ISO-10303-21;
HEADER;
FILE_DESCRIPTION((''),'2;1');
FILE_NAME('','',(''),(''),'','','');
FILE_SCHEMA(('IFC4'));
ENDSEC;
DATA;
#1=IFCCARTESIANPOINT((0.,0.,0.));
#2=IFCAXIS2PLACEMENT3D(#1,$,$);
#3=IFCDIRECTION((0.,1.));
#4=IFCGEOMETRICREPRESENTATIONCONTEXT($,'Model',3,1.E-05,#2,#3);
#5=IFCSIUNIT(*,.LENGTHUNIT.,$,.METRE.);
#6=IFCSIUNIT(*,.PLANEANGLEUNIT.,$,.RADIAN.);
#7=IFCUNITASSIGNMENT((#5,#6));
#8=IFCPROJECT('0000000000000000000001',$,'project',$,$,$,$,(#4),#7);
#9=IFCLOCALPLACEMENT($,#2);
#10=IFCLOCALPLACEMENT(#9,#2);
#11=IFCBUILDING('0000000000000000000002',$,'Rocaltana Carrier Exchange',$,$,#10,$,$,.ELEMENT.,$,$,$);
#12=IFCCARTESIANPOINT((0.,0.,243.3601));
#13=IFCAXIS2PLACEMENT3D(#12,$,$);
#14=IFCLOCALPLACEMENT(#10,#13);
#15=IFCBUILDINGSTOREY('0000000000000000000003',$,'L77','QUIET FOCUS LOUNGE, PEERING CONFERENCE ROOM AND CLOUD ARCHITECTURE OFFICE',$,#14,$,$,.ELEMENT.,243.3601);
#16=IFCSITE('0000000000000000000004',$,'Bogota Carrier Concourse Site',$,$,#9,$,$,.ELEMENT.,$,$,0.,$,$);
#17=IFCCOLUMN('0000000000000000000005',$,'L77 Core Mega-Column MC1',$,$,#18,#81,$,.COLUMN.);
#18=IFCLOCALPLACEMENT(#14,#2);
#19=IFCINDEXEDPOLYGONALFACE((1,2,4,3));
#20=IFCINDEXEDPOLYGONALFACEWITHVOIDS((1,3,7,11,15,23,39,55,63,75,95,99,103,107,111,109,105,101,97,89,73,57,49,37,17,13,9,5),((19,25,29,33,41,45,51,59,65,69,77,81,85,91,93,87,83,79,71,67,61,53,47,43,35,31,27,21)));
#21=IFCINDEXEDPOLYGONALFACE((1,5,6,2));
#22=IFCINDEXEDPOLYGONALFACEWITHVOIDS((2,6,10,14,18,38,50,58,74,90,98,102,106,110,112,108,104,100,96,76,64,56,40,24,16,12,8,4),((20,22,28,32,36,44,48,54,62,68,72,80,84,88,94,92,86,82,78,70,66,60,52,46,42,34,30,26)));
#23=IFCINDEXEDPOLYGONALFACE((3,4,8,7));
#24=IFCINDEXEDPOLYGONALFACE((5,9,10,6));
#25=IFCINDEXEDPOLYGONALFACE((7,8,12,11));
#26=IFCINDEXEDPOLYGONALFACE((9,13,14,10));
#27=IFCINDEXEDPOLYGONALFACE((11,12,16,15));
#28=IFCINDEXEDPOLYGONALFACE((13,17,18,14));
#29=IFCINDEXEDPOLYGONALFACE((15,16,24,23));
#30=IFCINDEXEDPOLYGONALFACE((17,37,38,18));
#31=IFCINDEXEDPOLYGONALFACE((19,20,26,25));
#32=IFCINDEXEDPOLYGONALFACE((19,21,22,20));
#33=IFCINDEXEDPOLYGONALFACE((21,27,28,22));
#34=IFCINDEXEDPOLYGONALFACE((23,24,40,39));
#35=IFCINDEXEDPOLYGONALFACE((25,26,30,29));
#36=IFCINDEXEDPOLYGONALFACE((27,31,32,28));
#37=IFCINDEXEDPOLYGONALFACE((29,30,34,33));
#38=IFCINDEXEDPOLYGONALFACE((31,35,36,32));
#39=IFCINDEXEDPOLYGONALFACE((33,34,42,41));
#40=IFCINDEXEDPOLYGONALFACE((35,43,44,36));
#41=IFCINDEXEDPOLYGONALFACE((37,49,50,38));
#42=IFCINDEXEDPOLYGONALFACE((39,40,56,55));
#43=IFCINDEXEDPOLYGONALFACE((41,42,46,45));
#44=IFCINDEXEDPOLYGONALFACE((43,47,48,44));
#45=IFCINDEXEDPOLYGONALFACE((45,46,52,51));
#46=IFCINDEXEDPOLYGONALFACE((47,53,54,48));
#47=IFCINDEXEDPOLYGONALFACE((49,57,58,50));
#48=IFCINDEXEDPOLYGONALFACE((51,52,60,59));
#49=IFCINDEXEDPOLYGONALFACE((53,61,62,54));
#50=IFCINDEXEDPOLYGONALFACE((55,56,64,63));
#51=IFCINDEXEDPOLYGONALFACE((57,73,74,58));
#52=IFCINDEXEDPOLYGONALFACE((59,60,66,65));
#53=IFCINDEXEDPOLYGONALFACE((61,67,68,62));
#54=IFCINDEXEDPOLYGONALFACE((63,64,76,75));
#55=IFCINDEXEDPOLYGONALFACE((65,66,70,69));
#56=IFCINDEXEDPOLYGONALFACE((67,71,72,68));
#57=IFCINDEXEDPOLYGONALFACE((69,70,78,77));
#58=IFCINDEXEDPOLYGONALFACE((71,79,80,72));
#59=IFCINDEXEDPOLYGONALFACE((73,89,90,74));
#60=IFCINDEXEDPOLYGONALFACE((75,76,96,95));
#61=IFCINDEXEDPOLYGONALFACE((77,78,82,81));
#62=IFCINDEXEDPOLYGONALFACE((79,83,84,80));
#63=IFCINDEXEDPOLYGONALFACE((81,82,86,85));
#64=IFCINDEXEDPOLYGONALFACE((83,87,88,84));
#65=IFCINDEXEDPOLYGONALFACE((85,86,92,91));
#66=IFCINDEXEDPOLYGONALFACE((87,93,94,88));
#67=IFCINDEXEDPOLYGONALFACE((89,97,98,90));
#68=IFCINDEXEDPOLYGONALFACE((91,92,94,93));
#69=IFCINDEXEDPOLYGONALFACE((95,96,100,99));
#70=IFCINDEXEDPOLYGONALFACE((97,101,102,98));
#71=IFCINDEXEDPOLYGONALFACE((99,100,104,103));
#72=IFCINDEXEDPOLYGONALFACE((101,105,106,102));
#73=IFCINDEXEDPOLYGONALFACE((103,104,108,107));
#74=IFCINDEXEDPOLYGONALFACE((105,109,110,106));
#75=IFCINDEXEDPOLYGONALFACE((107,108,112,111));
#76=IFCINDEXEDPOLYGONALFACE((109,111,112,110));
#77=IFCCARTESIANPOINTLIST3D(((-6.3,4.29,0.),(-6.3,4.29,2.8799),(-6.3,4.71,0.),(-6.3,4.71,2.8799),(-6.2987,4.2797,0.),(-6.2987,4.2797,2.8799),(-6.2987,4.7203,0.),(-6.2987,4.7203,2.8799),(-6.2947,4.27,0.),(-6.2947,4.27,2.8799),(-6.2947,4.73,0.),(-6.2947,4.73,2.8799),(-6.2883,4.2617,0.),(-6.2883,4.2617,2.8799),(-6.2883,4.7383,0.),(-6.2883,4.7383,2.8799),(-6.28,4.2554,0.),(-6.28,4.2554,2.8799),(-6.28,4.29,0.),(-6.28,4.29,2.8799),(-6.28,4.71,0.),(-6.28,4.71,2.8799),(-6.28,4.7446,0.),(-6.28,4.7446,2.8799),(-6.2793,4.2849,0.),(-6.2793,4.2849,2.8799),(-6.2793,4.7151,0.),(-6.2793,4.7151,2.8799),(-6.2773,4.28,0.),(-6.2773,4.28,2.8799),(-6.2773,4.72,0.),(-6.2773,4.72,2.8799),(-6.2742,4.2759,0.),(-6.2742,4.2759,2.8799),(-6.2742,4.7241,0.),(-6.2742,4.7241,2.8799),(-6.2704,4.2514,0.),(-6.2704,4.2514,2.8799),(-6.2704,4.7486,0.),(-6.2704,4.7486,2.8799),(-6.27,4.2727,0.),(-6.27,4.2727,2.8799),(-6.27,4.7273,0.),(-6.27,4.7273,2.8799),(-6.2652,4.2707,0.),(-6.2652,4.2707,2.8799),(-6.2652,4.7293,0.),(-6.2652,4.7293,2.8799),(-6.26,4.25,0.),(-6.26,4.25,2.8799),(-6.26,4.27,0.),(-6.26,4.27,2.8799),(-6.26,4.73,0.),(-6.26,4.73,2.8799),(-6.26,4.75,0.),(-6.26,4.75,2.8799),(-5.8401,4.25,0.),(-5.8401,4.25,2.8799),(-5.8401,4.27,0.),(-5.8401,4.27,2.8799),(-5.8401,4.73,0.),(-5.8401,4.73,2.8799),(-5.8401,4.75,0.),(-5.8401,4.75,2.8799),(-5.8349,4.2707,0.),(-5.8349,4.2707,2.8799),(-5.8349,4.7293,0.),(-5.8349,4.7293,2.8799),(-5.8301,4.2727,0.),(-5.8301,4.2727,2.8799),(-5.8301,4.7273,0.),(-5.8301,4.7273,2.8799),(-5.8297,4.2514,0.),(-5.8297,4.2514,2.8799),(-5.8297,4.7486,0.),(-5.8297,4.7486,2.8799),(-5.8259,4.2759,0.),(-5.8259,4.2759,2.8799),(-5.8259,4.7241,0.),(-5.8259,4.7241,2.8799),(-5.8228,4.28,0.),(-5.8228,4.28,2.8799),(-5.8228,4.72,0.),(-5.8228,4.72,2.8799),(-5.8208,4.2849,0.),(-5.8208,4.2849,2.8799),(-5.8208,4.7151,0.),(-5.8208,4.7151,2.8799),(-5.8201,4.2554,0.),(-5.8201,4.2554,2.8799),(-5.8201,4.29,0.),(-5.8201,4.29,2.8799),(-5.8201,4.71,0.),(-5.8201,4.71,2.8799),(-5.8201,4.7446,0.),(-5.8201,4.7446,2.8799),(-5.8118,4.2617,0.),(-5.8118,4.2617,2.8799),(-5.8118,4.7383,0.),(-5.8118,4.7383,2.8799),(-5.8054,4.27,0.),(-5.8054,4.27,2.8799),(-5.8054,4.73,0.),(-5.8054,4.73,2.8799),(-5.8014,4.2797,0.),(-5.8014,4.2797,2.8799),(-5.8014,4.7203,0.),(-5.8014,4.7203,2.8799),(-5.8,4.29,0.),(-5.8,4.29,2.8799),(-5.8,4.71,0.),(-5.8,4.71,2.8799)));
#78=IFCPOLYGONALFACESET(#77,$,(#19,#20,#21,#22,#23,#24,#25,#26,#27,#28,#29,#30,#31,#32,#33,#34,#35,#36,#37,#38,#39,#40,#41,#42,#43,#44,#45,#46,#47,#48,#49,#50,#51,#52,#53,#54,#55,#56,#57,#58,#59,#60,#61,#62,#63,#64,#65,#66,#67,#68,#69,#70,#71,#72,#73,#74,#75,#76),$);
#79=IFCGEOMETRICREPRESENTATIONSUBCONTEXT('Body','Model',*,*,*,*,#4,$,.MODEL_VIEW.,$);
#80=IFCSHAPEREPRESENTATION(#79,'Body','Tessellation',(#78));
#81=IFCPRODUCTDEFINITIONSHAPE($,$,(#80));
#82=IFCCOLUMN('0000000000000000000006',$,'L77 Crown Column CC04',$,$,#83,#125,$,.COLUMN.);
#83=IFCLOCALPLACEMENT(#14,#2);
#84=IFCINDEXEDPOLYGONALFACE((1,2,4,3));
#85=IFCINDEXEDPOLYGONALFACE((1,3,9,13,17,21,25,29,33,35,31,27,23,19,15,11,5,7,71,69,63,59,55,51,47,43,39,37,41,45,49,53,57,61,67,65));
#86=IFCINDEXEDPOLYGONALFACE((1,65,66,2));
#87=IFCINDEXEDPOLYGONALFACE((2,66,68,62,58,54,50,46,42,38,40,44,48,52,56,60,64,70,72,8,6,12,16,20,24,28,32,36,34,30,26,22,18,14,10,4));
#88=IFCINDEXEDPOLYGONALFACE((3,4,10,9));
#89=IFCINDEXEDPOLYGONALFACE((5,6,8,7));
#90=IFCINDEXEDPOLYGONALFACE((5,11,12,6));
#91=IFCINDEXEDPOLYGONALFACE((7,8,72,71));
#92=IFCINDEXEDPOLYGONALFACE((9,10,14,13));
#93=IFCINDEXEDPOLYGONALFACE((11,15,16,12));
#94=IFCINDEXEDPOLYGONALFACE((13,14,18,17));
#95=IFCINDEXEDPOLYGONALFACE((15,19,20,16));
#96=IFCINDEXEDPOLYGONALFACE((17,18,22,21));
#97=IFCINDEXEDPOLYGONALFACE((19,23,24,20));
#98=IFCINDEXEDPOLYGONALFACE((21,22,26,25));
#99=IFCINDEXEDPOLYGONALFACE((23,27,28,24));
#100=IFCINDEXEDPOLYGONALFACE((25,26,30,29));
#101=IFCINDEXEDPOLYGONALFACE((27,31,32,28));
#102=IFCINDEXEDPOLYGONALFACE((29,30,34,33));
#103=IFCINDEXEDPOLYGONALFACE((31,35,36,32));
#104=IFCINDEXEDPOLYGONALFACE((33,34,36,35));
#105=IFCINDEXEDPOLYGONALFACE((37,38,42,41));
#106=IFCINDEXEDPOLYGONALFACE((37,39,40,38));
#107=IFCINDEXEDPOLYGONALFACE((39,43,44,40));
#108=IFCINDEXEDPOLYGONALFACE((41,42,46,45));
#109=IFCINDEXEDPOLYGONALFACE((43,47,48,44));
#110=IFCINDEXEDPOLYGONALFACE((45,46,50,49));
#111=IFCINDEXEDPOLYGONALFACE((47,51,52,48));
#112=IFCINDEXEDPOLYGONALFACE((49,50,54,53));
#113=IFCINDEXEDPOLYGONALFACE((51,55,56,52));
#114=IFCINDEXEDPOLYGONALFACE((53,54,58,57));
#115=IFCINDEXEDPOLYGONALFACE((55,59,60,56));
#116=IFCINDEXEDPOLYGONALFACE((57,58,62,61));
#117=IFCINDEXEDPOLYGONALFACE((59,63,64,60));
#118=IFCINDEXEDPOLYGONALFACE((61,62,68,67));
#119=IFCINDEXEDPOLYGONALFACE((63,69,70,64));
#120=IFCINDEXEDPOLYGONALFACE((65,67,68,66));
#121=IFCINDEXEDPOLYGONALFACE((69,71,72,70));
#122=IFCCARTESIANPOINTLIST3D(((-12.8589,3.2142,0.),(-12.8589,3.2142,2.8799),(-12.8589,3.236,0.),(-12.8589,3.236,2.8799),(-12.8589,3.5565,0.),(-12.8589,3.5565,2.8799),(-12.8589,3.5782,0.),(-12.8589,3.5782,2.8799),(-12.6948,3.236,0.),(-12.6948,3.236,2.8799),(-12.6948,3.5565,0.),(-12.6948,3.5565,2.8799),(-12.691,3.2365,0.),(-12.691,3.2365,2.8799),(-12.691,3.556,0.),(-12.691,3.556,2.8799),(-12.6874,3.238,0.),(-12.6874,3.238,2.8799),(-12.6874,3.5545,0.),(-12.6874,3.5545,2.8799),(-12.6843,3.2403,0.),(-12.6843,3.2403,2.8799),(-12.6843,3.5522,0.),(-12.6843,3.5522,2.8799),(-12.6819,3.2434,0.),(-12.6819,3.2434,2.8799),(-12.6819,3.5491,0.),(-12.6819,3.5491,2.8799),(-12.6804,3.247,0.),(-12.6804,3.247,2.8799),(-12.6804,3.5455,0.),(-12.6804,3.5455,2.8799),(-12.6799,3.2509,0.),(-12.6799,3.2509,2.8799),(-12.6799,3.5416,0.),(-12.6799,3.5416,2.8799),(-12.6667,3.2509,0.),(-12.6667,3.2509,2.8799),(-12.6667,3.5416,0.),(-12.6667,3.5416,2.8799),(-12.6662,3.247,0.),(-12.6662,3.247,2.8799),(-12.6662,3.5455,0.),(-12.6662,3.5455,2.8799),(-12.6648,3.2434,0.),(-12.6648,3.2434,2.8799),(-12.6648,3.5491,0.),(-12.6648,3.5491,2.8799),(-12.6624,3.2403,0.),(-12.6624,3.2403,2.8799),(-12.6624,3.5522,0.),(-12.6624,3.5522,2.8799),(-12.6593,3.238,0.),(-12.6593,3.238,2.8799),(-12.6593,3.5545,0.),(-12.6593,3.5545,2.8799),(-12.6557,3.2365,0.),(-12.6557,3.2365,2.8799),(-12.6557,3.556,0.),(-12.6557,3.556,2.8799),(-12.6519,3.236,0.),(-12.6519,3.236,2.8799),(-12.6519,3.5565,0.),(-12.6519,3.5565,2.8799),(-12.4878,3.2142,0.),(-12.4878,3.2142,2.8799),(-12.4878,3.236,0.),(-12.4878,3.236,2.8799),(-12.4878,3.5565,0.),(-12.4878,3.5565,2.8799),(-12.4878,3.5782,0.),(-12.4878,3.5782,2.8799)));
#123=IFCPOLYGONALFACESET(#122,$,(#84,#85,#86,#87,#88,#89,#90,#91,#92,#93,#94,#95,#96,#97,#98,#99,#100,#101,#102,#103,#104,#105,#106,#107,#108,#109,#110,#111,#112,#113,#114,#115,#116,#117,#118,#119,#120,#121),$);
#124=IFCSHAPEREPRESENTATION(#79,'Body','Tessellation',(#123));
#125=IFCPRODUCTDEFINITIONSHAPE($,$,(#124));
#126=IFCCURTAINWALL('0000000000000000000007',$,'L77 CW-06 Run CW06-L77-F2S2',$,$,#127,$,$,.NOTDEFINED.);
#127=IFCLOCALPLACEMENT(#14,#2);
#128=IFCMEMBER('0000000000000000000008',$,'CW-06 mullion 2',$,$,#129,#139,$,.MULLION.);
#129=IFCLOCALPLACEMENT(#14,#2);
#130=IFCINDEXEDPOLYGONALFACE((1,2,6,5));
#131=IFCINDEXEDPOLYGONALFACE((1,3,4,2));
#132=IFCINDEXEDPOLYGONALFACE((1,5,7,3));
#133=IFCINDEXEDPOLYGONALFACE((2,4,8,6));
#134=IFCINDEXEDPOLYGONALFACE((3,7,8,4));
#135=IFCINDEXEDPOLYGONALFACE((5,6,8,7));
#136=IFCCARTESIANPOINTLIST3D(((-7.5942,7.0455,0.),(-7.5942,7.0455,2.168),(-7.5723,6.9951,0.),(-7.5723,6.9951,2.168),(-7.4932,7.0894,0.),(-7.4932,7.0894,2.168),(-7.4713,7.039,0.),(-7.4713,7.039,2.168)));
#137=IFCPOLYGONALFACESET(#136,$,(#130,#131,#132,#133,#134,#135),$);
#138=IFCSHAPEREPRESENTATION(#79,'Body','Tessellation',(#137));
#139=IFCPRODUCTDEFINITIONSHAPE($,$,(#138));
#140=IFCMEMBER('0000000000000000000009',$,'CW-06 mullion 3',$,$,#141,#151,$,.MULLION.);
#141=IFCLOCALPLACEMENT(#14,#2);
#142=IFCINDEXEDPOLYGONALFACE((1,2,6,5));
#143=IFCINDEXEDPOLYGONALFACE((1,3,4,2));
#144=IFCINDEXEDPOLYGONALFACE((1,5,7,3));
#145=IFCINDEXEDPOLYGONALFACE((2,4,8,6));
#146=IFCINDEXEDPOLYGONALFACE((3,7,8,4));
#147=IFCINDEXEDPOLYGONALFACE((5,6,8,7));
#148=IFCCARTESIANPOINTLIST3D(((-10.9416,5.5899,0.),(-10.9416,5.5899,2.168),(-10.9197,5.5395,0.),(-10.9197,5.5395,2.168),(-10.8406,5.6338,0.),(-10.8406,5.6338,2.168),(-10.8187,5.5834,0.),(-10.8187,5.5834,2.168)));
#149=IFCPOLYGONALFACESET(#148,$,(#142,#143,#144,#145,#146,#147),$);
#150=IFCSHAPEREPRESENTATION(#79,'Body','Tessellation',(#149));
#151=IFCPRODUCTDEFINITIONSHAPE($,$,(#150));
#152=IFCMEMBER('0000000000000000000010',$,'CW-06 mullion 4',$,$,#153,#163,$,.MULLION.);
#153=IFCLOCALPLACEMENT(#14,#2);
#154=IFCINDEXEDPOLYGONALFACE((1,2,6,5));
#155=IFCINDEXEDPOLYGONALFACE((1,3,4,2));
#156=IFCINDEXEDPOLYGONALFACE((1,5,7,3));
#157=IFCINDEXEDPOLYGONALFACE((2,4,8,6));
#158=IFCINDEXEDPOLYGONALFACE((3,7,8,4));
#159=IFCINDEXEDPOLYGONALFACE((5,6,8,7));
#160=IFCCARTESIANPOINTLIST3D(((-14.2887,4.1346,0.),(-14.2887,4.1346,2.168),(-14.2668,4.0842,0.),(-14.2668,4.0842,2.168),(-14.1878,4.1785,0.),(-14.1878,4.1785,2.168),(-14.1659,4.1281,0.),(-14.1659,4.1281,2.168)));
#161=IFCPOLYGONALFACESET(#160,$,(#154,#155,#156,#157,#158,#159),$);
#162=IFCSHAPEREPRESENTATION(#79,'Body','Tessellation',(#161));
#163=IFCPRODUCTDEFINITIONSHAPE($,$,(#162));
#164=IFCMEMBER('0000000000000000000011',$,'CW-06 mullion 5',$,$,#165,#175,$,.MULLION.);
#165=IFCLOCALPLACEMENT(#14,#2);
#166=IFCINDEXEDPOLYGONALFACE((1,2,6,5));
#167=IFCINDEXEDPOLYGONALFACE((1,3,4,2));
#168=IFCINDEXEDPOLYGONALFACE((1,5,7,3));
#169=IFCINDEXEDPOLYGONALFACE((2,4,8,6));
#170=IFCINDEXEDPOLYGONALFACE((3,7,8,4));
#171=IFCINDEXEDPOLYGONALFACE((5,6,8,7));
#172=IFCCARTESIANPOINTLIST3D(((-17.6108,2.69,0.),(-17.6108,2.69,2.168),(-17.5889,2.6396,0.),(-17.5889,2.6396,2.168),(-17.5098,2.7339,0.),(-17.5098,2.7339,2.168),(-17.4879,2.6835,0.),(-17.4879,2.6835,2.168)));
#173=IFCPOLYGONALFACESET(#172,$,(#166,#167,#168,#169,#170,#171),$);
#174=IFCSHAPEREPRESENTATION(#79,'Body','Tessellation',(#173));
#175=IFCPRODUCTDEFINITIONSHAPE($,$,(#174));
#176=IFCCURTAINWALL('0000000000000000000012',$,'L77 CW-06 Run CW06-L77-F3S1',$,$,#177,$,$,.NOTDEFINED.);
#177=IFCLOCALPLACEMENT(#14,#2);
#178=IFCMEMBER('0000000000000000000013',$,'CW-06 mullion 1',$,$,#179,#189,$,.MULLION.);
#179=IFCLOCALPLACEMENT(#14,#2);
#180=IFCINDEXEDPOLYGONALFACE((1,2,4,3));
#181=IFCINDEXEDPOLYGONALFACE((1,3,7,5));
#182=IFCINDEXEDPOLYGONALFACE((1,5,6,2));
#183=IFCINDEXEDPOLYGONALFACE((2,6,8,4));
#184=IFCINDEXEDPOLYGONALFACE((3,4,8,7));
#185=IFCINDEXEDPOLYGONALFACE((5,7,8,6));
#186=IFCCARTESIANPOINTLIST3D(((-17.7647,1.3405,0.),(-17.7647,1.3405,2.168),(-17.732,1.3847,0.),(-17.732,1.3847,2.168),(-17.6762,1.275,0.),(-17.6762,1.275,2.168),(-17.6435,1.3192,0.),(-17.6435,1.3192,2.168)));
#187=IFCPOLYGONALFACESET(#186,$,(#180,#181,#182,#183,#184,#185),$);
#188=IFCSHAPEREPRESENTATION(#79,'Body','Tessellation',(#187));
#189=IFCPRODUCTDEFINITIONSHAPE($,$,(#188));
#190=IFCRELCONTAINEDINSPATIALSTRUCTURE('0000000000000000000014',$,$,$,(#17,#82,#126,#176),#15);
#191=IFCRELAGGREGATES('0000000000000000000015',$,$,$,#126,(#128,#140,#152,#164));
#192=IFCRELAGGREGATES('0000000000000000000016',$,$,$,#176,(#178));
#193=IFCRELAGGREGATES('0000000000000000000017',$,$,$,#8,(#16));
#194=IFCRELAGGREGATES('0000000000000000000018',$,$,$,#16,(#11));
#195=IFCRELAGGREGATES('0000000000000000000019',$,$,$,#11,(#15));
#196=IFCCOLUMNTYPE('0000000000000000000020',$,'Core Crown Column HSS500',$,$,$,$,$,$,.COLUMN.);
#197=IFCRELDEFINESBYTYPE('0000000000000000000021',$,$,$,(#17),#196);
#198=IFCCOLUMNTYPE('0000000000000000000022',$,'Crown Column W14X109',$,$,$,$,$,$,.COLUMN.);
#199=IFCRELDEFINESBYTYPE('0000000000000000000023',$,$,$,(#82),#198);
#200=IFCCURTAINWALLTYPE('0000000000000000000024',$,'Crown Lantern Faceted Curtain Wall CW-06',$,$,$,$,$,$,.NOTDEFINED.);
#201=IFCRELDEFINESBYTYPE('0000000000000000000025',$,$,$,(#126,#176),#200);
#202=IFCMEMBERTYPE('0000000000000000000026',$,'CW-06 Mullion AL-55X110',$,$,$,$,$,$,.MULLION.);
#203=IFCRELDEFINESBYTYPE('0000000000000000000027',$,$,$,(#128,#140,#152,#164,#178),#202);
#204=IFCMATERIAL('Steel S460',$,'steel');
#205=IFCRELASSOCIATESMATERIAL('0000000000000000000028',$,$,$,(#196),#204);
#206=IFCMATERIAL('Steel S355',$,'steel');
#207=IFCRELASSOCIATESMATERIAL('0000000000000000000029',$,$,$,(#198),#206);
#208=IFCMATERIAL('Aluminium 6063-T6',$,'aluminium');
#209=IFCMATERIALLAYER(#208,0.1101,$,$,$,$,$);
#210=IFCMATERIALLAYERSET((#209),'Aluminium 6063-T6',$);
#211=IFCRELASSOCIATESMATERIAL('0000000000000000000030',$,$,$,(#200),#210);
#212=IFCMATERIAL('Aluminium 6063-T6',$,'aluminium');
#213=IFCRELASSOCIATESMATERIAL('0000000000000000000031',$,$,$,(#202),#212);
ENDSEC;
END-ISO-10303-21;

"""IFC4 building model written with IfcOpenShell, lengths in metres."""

from ifc_helpers import new_model, si_unit, direction, frame, origin, origin_2d, place, context, subcontext, project, spatial, rectangle, hollow_rectangle, i_section, extrude, material, layer, layer_set, material_profile, profile_set, type_object, element, aggregate, save


model = new_model("IFC4")

# Units and contexts
model_context = context("Model", 3, precision=1e-05, world=origin(), true_north=direction((0.0, 1.0)))
body_context = subcontext(model_context, "Body", "Model", "MODEL_VIEW")
ifc_project = project(units=[si_unit("LENGTHUNIT", "METRE"), si_unit("PLANEANGLEUNIT", "RADIAN")], contexts=[model_context])

# Site, building, storey
site_placement = place(None, origin())
site = spatial("IfcSite", under=ifc_project, at=site_placement, Name="Bogota Carrier Concourse Site", CompositionType="ELEMENT", RefElevation=0.0)
building_placement = place(site_placement, origin())
building = spatial("IfcBuilding", under=site, at=building_placement, Name="Rocaltana Carrier Exchange", CompositionType="ELEMENT")
storey_placement = place(building_placement, frame((0.0, 0.0, 243.3601)))
storey = spatial("IfcBuildingStorey", under=building, at=storey_placement, Name="L77", Description="QUIET FOCUS LOUNGE, PEERING CONFERENCE ROOM AND CLOUD ARCHITECTURE OFFICE", CompositionType="ELEMENT", Elevation=243.3601)

# Columns
ifc_material_1 = material(Name="Steel S460", Category="steel")
ifc_material_profile_1 = material_profile(ifc_material_1, hollow_rectangle(XDim=0.5, YDim=0.5, WallThickness=0.02, InnerFilletRadius=0.02, OuterFilletRadius=0.04, at=origin_2d()), Name="HSS500X500X20")
ifc_profile_set_1 = profile_set([ifc_material_profile_1], Name="Steel S460")
column_type_1 = type_object("IfcColumnType", Name="Core Crown Column HSS500", PredefinedType="COLUMN", material=ifc_profile_set_1)
column_1_placement = place(storey_placement, frame((-6.05, 4.5, 0.0), z_axis=(0.0, 0.0, 1.0), x_axis=(1.0, 0.0, 0.0)))
element("IfcColumn", 1, at=column_1_placement, inside=storey, type_object=column_type_1, Name="L77 Core Mega-Column MC1", PredefinedType="COLUMN", context=body_context, shape_type="SweptSolid", body=[
    extrude(hollow_rectangle(XDim=0.5, YDim=0.5, WallThickness=0.02, InnerFilletRadius=0.02, OuterFilletRadius=0.04, at=origin_2d()), origin(), (0.0, 0.0, 1.0), 2.8799),
])
ifc_material_2 = material(Name="Steel S355", Category="steel")
ifc_material_profile_2 = material_profile(ifc_material_2, i_section(OverallWidth=0.3711, OverallDepth=0.364, WebThickness=0.0132, FlangeThickness=0.0217, FilletRadius=0.0149, at=origin_2d()), Name="W14X109")
ifc_profile_set_2 = profile_set([ifc_material_profile_2], Name="Steel S355")
column_type_2 = type_object("IfcColumnType", Name="Crown Column W14X109", PredefinedType="COLUMN", material=ifc_profile_set_2)
column_2_placement = place(storey_placement, frame((-12.6733, 3.3962, 0.0), z_axis=(0.0, 0.0, 1.0), x_axis=(1.0, 0.0, 0.0)))
element("IfcColumn", 2, at=column_2_placement, inside=storey, type_object=column_type_2, Name="L77 Crown Column CC04", PredefinedType="COLUMN", context=body_context, shape_type="SweptSolid", body=[
    extrude(i_section(OverallWidth=0.3711, OverallDepth=0.364, WebThickness=0.0132, FlangeThickness=0.0217, FilletRadius=0.0149, at=origin_2d()), origin(), (0.0, 0.0, 1.0), 2.8799),
])

# Curtain wall, members
ifc_material_3 = material(Name="Aluminium 6063-T6", Category="aluminium")
ifc_layer_1 = layer(ifc_material_3, 0.1101)
ifc_layer_set_1 = layer_set([ifc_layer_1], Name="Aluminium 6063-T6")
curtain_wall_type = type_object("IfcCurtainWallType", Name="Crown Lantern Faceted Curtain Wall CW-06", PredefinedType="NOTDEFINED", material=ifc_layer_set_1)
curtain_wall_1_placement = place(storey_placement, origin())
curtain_wall_1 = element("IfcCurtainWall", 3, at=curtain_wall_1_placement, inside=storey, type_object=curtain_wall_type, Name="L77 CW-06 Run CW06-L77-F2S2", PredefinedType="NOTDEFINED")
ifc_material_4 = material(Name="Aluminium 6063-T6", Category="aluminium")
ifc_material_profile_3 = material_profile(ifc_material_4, rectangle(XDim=0.0549, YDim=0.1101, at=origin_2d()), Name="AL-55X110")
ifc_profile_set_3 = profile_set([ifc_material_profile_3], Name="Aluminium 6063-T6")
member_type_1 = type_object("IfcMemberType", Name="CW-06 Mullion AL-55X110", PredefinedType="MULLION", material=ifc_profile_set_3)
member_1_placement = place(storey_placement, frame((-7.5327, 7.0422, 0.0), z_axis=(0.0, 0.0, 1.0), x_axis=(0.398752, -0.917059, 0.0)))
member_1 = element("IfcMember", 4, at=member_1_placement, type_object=member_type_1, Name="CW-06 mullion 2", PredefinedType="MULLION", context=body_context, shape_type="SweptSolid", body=[
    extrude(rectangle(XDim=0.0549, YDim=0.1101, at=origin_2d()), origin(), (0.0, 0.0, 1.0), 2.168),
])
member_2_placement = place(storey_placement, frame((-10.8801, 5.5867, 0.0), z_axis=(0.0, 0.0, 1.0), x_axis=(0.398752, -0.917059, 0.0)))
member_2 = element("IfcMember", 5, at=member_2_placement, type_object=member_type_1, Name="CW-06 mullion 3", PredefinedType="MULLION", context=body_context, shape_type="SweptSolid", body=[
    extrude(rectangle(XDim=0.0549, YDim=0.1101, at=origin_2d()), origin(), (0.0, 0.0, 1.0), 2.168),
])
member_3_placement = place(storey_placement, frame((-14.2273, 4.1313, 0.0), z_axis=(0.0, 0.0, 1.0), x_axis=(0.398752, -0.917059, 0.0)))
member_3 = element("IfcMember", 6, at=member_3_placement, type_object=member_type_1, Name="CW-06 mullion 4", PredefinedType="MULLION", context=body_context, shape_type="SweptSolid", body=[
    extrude(rectangle(XDim=0.0549, YDim=0.1101, at=origin_2d()), origin(), (0.0, 0.0, 1.0), 2.168),
])
member_4_placement = place(storey_placement, frame((-17.5493, 2.6868, 0.0), z_axis=(0.0, 0.0, 1.0), x_axis=(0.398752, -0.917059, 0.0)))
member_4 = element("IfcMember", 7, at=member_4_placement, type_object=member_type_1, Name="CW-06 mullion 5", PredefinedType="MULLION", context=body_context, shape_type="SweptSolid", body=[
    extrude(rectangle(XDim=0.0549, YDim=0.1101, at=origin_2d()), origin(), (0.0, 0.0, 1.0), 2.168),
])

# Curtain wall, member
curtain_wall_2_placement = place(storey_placement, origin())
curtain_wall_2 = element("IfcCurtainWall", 8, at=curtain_wall_2_placement, inside=storey, type_object=curtain_wall_type, Name="L77 CW-06 Run CW06-L77-F3S1", PredefinedType="NOTDEFINED")
member_5_placement = place(storey_placement, frame((-17.7041, 1.3298, 0.0), z_axis=(0.0, 0.0, 1.0), x_axis=(0.594823, 0.803857, 0.0)))
member_5 = element("IfcMember", 9, at=member_5_placement, type_object=member_type_1, Name="CW-06 mullion 1", PredefinedType="MULLION", context=body_context, shape_type="SweptSolid", body=[
    extrude(rectangle(XDim=0.0549, YDim=0.1101, at=origin_2d()), origin(), (0.0, 0.0, 1.0), 2.168),
])

aggregate(curtain_wall_1, [member_1, member_2, member_3, member_4])
aggregate(curtain_wall_2, [member_5])

save(model, "model.ifc")
